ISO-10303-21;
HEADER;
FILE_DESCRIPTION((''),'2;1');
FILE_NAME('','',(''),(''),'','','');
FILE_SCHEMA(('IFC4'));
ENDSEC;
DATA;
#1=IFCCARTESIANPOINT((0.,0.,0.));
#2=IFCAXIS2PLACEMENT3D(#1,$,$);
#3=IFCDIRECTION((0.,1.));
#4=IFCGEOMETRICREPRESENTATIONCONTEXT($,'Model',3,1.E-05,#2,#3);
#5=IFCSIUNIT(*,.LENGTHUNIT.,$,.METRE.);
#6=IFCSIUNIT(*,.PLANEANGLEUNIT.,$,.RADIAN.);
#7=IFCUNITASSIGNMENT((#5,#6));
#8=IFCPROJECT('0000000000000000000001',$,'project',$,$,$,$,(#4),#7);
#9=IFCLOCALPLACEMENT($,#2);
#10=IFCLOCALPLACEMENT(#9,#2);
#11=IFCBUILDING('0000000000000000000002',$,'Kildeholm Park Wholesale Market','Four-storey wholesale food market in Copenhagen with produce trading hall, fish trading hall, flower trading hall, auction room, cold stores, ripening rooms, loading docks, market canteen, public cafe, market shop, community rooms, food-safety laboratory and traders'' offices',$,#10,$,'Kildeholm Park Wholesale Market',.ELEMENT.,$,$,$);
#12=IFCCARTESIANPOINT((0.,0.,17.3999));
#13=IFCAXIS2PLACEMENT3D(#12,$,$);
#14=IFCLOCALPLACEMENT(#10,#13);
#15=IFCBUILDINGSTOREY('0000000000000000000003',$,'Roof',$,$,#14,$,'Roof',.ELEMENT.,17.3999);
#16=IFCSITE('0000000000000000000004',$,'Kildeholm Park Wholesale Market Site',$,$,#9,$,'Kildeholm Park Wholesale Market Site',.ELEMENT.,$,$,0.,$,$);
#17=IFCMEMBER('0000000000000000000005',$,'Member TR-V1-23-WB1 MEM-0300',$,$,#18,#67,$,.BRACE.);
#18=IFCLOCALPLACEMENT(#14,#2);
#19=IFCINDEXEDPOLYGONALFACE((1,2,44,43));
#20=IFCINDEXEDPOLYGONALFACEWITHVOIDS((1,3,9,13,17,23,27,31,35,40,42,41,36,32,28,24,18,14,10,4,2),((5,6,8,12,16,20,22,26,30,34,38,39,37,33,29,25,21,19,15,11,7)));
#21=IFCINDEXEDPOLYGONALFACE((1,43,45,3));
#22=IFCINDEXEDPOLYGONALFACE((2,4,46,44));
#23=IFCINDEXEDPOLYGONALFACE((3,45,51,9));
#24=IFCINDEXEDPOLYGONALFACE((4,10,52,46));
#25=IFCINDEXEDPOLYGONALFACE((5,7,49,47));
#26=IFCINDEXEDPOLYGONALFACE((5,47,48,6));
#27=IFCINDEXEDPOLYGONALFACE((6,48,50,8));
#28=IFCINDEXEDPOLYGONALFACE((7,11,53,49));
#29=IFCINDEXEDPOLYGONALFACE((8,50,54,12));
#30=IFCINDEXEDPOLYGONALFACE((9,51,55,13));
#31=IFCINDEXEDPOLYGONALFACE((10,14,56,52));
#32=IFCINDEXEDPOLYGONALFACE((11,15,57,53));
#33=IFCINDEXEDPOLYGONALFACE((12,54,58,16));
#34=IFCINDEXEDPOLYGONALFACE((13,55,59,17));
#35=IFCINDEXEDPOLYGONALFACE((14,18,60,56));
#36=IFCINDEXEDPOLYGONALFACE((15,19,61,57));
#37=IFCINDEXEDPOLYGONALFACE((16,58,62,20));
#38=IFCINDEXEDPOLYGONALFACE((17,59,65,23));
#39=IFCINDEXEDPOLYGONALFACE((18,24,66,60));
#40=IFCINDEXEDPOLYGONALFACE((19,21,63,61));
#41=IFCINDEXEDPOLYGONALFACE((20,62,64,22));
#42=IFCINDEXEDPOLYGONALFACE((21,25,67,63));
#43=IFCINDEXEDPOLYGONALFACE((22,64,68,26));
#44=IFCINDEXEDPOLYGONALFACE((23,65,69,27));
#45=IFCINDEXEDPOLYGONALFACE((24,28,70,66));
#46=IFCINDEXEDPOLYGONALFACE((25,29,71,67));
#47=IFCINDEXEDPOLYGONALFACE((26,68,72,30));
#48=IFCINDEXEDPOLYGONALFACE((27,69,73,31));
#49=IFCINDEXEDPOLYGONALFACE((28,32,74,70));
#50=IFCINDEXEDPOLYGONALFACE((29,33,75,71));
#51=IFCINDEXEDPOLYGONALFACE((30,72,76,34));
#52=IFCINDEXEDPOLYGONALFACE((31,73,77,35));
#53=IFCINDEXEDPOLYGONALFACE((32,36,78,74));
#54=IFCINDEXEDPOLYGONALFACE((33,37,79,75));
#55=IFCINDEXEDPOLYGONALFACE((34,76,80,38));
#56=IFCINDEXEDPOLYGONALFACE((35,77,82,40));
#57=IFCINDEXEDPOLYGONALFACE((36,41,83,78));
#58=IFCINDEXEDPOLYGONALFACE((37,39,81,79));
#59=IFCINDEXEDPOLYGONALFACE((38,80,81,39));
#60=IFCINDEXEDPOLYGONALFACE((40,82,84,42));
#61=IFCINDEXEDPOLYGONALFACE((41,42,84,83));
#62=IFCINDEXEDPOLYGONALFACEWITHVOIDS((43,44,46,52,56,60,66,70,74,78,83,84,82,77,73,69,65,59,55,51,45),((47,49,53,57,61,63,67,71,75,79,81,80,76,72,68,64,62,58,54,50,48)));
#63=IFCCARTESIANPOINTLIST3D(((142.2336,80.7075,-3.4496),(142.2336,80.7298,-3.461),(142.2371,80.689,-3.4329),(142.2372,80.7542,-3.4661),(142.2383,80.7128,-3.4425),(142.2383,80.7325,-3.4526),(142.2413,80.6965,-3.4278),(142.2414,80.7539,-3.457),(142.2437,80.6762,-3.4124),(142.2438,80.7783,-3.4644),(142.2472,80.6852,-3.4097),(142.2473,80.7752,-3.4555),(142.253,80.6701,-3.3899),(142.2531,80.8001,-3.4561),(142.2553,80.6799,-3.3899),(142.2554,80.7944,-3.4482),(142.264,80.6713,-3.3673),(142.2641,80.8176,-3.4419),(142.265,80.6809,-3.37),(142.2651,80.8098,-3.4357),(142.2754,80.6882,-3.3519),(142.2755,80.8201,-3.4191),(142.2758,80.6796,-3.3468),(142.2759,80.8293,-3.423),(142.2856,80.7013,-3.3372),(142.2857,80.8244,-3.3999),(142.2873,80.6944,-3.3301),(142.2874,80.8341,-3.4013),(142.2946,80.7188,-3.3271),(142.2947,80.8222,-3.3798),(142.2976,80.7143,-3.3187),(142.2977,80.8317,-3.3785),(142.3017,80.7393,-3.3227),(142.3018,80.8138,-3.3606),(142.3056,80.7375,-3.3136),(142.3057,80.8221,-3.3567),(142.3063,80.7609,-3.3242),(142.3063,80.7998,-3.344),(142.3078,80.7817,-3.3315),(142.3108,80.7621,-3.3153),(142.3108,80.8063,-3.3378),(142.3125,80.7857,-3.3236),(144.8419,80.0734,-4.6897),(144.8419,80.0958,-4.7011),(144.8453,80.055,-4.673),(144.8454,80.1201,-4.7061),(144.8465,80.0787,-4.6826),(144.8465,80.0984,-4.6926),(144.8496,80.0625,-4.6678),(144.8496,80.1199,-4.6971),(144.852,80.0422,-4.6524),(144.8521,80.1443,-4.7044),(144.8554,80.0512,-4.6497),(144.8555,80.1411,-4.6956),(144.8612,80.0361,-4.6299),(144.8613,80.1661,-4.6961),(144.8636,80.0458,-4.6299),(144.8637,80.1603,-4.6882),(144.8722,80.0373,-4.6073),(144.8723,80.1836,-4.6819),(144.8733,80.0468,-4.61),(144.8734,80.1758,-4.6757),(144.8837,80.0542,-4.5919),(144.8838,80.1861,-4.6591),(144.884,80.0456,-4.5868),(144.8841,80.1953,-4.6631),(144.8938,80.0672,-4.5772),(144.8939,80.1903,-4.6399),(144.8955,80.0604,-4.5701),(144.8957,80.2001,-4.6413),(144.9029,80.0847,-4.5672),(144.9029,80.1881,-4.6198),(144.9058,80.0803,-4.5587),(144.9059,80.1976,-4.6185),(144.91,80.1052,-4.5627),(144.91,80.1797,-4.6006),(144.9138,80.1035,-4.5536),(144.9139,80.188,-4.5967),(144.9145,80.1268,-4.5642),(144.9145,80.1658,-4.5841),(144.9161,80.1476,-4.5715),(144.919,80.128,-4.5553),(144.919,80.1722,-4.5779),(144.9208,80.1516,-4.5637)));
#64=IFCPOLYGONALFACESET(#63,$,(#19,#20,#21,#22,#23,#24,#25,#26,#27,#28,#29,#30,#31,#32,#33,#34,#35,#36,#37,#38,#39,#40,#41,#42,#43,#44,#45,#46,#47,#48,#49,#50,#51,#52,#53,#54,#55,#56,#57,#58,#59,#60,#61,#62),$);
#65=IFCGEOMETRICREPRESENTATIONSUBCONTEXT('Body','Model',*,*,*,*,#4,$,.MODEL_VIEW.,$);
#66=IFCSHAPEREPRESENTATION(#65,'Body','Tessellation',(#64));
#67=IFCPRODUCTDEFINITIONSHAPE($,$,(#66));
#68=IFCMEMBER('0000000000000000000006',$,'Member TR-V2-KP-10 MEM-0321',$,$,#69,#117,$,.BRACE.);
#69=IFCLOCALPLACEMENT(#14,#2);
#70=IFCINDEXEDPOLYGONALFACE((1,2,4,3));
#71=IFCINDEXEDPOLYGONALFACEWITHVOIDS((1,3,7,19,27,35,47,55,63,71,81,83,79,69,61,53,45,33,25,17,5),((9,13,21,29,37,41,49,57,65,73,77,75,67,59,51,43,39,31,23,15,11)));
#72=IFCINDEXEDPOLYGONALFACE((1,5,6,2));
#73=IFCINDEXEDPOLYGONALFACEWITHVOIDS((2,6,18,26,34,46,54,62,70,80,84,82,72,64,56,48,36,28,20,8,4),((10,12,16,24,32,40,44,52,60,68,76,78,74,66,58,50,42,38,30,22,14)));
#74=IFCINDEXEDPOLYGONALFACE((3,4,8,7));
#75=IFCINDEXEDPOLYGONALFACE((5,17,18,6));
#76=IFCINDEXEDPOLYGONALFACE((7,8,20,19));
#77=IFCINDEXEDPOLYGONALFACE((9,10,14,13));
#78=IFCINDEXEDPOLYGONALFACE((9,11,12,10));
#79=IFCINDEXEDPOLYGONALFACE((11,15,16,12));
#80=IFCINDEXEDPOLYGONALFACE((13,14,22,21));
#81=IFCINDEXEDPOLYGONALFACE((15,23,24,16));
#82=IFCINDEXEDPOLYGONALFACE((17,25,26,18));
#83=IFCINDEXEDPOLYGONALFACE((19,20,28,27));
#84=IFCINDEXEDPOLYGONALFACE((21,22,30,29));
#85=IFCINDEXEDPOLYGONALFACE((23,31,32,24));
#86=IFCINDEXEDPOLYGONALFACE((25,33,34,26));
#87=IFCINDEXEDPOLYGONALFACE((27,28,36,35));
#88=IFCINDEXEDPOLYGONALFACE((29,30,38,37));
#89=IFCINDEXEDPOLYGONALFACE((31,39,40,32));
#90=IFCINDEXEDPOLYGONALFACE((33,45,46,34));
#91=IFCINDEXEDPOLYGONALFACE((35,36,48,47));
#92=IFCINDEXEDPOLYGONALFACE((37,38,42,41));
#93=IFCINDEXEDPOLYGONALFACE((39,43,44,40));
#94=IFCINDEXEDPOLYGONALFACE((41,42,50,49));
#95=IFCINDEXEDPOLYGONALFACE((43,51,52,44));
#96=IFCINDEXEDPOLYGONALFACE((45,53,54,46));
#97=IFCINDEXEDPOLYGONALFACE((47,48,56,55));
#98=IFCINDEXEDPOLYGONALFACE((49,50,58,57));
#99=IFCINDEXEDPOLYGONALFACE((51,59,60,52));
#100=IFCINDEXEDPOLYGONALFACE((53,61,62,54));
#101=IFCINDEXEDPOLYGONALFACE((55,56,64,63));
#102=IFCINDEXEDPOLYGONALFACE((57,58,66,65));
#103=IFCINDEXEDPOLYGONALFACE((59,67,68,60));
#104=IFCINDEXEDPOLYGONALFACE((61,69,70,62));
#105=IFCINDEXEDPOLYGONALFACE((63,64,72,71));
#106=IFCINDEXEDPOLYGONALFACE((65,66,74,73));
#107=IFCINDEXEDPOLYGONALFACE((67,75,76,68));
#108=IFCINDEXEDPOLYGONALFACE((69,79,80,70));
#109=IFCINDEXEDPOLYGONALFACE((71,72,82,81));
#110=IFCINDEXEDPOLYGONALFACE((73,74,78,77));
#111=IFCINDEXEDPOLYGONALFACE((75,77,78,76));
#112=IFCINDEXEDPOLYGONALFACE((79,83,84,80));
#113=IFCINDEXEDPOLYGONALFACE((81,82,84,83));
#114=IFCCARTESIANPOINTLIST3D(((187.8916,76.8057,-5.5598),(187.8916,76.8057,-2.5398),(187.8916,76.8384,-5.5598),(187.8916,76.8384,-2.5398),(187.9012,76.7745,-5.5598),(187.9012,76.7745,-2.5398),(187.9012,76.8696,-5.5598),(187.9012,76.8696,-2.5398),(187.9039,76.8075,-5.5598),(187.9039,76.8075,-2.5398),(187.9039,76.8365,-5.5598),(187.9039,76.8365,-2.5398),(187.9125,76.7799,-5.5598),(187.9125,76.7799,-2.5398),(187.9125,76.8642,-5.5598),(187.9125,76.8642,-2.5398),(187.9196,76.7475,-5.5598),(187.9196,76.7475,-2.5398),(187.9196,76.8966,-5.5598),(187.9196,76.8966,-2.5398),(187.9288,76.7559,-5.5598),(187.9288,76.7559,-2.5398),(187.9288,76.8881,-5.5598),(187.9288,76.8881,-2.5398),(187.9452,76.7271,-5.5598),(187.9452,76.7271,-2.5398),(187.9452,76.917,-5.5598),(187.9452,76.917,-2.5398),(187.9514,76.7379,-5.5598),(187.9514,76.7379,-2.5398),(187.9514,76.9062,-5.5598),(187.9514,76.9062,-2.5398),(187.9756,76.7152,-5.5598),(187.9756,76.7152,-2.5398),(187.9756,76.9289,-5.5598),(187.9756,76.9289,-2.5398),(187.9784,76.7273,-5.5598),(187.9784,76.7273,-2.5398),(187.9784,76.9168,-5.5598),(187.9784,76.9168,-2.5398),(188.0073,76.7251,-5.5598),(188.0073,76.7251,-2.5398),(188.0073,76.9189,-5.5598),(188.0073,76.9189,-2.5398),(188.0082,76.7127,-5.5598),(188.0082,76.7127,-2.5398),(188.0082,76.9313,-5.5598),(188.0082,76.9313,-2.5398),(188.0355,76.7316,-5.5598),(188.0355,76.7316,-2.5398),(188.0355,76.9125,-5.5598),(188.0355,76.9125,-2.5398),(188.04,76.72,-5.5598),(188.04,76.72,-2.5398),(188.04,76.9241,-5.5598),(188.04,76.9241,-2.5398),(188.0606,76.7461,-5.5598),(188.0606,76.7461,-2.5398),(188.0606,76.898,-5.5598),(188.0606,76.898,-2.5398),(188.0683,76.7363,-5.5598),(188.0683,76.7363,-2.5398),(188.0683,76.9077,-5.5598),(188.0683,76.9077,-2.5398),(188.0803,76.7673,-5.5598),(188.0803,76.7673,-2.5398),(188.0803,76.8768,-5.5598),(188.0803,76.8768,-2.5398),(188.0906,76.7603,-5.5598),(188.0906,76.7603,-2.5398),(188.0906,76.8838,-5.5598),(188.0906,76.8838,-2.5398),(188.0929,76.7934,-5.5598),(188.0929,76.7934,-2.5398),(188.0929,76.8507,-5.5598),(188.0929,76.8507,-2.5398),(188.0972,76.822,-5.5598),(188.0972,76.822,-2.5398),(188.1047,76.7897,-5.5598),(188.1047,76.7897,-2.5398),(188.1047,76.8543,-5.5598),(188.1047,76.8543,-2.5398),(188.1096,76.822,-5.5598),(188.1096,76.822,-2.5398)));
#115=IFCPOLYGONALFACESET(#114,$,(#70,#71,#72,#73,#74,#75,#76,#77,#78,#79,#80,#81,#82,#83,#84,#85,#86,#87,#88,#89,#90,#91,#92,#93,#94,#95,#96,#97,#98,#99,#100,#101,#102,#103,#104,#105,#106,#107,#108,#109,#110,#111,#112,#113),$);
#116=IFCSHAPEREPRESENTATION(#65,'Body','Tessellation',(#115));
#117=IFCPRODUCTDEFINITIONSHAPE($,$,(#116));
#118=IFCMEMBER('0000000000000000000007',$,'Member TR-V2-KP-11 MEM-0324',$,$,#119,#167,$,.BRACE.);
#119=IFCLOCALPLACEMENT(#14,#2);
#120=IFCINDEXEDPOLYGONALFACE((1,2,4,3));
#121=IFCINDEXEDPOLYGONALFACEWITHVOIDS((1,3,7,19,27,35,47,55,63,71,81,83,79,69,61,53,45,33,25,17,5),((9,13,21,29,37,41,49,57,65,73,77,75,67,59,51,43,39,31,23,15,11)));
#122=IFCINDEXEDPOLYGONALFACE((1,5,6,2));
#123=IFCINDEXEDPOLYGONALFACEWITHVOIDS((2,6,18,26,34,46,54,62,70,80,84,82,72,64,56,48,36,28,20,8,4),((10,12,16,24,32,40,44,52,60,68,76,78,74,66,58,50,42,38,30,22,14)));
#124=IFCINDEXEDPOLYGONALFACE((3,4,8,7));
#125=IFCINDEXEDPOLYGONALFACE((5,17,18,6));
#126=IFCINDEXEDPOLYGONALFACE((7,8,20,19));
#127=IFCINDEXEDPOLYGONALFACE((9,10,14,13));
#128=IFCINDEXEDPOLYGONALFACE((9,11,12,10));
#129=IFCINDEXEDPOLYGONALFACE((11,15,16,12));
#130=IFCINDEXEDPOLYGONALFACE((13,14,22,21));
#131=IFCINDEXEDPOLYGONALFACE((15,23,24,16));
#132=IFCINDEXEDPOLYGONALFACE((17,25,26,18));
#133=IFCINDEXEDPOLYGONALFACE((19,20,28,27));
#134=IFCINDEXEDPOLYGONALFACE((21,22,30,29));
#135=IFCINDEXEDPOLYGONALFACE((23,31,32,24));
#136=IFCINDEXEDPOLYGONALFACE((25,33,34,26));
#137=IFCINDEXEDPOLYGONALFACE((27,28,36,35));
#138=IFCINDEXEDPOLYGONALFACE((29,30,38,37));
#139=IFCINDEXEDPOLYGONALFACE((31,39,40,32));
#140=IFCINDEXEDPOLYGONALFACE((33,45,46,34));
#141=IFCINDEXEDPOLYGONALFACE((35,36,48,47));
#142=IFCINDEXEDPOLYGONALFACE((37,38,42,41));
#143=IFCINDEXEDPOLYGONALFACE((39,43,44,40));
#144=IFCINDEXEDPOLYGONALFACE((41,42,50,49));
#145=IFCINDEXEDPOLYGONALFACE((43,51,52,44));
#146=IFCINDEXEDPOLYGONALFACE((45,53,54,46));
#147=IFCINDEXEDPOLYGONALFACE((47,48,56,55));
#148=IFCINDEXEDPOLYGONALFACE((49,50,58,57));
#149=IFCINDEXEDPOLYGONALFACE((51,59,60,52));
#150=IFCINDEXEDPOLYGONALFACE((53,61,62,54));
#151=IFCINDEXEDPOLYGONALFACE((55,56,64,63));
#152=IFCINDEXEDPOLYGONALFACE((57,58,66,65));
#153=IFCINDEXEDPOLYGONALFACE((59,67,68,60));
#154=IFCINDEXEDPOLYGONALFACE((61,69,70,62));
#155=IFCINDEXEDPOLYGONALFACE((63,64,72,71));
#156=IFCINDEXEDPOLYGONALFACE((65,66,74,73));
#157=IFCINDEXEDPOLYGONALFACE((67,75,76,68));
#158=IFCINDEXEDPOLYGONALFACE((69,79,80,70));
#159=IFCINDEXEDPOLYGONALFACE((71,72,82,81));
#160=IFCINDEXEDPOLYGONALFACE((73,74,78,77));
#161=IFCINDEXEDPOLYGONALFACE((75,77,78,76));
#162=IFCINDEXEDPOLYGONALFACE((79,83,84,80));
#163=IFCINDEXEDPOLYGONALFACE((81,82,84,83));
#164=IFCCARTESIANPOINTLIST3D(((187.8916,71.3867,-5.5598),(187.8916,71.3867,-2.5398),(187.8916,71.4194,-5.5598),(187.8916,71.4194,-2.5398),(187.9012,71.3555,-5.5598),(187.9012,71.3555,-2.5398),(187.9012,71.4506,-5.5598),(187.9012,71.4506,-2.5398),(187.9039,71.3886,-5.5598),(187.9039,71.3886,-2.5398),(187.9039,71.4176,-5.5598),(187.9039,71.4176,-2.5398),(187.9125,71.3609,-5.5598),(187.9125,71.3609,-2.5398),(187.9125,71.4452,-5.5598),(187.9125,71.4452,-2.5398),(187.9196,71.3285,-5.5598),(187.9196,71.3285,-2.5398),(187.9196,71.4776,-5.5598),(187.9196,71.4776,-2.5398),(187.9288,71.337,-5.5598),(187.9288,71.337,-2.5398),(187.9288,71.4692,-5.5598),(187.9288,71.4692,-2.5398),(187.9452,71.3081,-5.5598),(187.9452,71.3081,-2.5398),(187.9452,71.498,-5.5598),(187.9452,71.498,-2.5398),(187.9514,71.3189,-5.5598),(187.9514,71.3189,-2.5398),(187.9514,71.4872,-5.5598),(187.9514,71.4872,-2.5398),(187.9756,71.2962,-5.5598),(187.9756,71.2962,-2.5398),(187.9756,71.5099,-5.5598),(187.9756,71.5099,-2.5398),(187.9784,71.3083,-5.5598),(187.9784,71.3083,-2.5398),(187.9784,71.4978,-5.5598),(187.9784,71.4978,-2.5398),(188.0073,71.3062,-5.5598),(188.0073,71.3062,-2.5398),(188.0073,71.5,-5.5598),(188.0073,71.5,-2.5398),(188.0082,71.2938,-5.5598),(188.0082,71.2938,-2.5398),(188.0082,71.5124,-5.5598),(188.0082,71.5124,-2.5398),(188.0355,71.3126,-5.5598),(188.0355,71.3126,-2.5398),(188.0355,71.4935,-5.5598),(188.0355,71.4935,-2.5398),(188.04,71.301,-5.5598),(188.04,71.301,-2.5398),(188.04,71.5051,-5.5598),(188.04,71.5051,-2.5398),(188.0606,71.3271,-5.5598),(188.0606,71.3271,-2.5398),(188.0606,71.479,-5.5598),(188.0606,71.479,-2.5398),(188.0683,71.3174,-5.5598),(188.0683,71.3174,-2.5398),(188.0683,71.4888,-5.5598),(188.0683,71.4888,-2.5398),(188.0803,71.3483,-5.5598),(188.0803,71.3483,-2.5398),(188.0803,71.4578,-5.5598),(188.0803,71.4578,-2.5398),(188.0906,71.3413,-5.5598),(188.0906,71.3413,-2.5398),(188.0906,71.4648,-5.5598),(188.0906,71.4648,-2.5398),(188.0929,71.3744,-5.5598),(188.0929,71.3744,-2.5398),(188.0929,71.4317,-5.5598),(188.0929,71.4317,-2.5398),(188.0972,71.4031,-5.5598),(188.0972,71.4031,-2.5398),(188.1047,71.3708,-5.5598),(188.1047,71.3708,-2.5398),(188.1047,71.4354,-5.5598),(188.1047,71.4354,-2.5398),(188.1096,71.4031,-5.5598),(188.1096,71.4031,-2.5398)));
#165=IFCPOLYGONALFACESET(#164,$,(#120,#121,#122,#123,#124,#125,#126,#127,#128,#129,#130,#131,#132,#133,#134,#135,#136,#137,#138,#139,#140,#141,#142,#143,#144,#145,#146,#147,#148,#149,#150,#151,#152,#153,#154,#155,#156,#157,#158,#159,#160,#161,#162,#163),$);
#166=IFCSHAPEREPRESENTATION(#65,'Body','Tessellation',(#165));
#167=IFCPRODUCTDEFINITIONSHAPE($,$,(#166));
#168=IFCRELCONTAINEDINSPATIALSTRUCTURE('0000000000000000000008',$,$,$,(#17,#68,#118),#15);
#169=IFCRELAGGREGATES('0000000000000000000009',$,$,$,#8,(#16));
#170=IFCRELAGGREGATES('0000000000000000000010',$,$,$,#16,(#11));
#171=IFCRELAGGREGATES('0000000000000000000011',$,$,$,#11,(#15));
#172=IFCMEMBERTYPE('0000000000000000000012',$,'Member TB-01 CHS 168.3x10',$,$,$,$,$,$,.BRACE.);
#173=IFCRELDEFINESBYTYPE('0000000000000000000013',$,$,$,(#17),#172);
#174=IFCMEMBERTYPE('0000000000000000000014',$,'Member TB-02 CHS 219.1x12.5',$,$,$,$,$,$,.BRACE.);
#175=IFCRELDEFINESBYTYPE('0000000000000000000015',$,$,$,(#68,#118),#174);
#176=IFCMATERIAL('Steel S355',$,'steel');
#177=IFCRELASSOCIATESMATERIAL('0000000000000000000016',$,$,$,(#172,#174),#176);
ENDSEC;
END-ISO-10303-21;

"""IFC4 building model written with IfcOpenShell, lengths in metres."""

from ifc_helpers import new_model, si_unit, direction, frame, origin, origin_2d, place, context, subcontext, project, spatial, hollow_circle, extrude, material, material_profile, profile_set, type_object, element, save


model = new_model("IFC4")

# Units and contexts
model_context = context("Model", 3, precision=1e-05, world=origin(), true_north=direction((0.0, 1.0)))
body_context = subcontext(model_context, "Body", "Model", "MODEL_VIEW")
ifc_project = project(units=[si_unit("LENGTHUNIT", "METRE"), si_unit("PLANEANGLEUNIT", "RADIAN")], contexts=[model_context])

# Site, building, storey
site_placement = place(None, origin())
site = spatial("IfcSite", under=ifc_project, at=site_placement, Name="Kildeholm Park Wholesale Market Site", LongName="Kildeholm Park Wholesale Market Site", CompositionType="ELEMENT", RefElevation=0.0)
building_placement = place(site_placement, origin())
building = spatial("IfcBuilding", under=site, at=building_placement, Name="Kildeholm Park Wholesale Market", Description="Four-storey wholesale food market in Copenhagen with produce trading hall, fish trading hall, flower trading hall, auction room, cold stores, ripening rooms, loading docks, market canteen, public cafe, market shop, community rooms, food-safety laboratory and traders' offices", LongName="Kildeholm Park Wholesale Market", CompositionType="ELEMENT")
storey_placement = place(building_placement, frame((0.0, 0.0, 17.3999)))
storey = spatial("IfcBuildingStorey", under=building, at=storey_placement, Name="Roof", LongName="Roof", CompositionType="ELEMENT", Elevation=17.3999)

# Shared definitions
ifc_material_1 = material(Name="Steel S355", Category="steel")

# Members
ifc_material_profile_1 = material_profile(ifc_material_1, hollow_circle(Radius=0.0842, WallThickness=0.01, at=origin_2d()), Name="CHS 168.3x10")
ifc_profile_set_1 = profile_set([ifc_material_profile_1], Name="Steel S355")
member_type_1 = type_object("IfcMemberType", Name="Member TB-01 CHS 168.3x10", PredefinedType="BRACE", material=ifc_profile_set_1)
member_1_placement = place(storey_placement, frame((144.8811, 80.1179, -4.6299), z_axis=(-0.882118, 0.21444, 0.419384), x_axis=(-0.236217, -0.9717, 0.0)))
element("IfcMember", 1, at=member_1_placement, inside=storey, type_object=member_type_1, Name="Member TR-V1-23-WB1 MEM-0300", PredefinedType="BRACE", context=body_context, shape_type="SweptSolid", body=[
    extrude(hollow_circle(Radius=0.0842, WallThickness=0.01, at=origin_2d()), origin(), (0.0, 0.0, 1.0), 2.9568),
])
ifc_material_profile_2 = material_profile(ifc_material_1, hollow_circle(Radius=0.1096, WallThickness=0.0125, at=origin_2d()), Name="CHS 219.1x12.5")
ifc_profile_set_2 = profile_set([ifc_material_profile_2], Name="Steel S355")
member_type_2 = type_object("IfcMemberType", Name="Member TB-02 CHS 219.1x12.5", PredefinedType="BRACE", material=ifc_profile_set_2)
for number, where, z_axis, x_axis, name in (
    (2, (188.0, 76.822, -5.5598), (0.0, 0.0, 1.0), (1.0, 0.0, 0.0), "Member TR-V2-KP-10 MEM-0321"),
    (3, (188.0, 71.4031, -5.5598), (0.0, 0.0, 1.0), (1.0, 0.0, 0.0), "Member TR-V2-KP-11 MEM-0324"),
):
    element("IfcMember", number, at=place(storey_placement, frame(where, z_axis=z_axis, x_axis=x_axis)), inside=storey, type_object=member_type_2, Name=name, PredefinedType="BRACE", context=body_context, shape_type="SweptSolid", body=[
        extrude(hollow_circle(Radius=0.1096, WallThickness=0.0125, at=origin_2d()), origin(), (0.0, 0.0, 1.0), 3.02),
    ])

save(model, "model.ifc")
